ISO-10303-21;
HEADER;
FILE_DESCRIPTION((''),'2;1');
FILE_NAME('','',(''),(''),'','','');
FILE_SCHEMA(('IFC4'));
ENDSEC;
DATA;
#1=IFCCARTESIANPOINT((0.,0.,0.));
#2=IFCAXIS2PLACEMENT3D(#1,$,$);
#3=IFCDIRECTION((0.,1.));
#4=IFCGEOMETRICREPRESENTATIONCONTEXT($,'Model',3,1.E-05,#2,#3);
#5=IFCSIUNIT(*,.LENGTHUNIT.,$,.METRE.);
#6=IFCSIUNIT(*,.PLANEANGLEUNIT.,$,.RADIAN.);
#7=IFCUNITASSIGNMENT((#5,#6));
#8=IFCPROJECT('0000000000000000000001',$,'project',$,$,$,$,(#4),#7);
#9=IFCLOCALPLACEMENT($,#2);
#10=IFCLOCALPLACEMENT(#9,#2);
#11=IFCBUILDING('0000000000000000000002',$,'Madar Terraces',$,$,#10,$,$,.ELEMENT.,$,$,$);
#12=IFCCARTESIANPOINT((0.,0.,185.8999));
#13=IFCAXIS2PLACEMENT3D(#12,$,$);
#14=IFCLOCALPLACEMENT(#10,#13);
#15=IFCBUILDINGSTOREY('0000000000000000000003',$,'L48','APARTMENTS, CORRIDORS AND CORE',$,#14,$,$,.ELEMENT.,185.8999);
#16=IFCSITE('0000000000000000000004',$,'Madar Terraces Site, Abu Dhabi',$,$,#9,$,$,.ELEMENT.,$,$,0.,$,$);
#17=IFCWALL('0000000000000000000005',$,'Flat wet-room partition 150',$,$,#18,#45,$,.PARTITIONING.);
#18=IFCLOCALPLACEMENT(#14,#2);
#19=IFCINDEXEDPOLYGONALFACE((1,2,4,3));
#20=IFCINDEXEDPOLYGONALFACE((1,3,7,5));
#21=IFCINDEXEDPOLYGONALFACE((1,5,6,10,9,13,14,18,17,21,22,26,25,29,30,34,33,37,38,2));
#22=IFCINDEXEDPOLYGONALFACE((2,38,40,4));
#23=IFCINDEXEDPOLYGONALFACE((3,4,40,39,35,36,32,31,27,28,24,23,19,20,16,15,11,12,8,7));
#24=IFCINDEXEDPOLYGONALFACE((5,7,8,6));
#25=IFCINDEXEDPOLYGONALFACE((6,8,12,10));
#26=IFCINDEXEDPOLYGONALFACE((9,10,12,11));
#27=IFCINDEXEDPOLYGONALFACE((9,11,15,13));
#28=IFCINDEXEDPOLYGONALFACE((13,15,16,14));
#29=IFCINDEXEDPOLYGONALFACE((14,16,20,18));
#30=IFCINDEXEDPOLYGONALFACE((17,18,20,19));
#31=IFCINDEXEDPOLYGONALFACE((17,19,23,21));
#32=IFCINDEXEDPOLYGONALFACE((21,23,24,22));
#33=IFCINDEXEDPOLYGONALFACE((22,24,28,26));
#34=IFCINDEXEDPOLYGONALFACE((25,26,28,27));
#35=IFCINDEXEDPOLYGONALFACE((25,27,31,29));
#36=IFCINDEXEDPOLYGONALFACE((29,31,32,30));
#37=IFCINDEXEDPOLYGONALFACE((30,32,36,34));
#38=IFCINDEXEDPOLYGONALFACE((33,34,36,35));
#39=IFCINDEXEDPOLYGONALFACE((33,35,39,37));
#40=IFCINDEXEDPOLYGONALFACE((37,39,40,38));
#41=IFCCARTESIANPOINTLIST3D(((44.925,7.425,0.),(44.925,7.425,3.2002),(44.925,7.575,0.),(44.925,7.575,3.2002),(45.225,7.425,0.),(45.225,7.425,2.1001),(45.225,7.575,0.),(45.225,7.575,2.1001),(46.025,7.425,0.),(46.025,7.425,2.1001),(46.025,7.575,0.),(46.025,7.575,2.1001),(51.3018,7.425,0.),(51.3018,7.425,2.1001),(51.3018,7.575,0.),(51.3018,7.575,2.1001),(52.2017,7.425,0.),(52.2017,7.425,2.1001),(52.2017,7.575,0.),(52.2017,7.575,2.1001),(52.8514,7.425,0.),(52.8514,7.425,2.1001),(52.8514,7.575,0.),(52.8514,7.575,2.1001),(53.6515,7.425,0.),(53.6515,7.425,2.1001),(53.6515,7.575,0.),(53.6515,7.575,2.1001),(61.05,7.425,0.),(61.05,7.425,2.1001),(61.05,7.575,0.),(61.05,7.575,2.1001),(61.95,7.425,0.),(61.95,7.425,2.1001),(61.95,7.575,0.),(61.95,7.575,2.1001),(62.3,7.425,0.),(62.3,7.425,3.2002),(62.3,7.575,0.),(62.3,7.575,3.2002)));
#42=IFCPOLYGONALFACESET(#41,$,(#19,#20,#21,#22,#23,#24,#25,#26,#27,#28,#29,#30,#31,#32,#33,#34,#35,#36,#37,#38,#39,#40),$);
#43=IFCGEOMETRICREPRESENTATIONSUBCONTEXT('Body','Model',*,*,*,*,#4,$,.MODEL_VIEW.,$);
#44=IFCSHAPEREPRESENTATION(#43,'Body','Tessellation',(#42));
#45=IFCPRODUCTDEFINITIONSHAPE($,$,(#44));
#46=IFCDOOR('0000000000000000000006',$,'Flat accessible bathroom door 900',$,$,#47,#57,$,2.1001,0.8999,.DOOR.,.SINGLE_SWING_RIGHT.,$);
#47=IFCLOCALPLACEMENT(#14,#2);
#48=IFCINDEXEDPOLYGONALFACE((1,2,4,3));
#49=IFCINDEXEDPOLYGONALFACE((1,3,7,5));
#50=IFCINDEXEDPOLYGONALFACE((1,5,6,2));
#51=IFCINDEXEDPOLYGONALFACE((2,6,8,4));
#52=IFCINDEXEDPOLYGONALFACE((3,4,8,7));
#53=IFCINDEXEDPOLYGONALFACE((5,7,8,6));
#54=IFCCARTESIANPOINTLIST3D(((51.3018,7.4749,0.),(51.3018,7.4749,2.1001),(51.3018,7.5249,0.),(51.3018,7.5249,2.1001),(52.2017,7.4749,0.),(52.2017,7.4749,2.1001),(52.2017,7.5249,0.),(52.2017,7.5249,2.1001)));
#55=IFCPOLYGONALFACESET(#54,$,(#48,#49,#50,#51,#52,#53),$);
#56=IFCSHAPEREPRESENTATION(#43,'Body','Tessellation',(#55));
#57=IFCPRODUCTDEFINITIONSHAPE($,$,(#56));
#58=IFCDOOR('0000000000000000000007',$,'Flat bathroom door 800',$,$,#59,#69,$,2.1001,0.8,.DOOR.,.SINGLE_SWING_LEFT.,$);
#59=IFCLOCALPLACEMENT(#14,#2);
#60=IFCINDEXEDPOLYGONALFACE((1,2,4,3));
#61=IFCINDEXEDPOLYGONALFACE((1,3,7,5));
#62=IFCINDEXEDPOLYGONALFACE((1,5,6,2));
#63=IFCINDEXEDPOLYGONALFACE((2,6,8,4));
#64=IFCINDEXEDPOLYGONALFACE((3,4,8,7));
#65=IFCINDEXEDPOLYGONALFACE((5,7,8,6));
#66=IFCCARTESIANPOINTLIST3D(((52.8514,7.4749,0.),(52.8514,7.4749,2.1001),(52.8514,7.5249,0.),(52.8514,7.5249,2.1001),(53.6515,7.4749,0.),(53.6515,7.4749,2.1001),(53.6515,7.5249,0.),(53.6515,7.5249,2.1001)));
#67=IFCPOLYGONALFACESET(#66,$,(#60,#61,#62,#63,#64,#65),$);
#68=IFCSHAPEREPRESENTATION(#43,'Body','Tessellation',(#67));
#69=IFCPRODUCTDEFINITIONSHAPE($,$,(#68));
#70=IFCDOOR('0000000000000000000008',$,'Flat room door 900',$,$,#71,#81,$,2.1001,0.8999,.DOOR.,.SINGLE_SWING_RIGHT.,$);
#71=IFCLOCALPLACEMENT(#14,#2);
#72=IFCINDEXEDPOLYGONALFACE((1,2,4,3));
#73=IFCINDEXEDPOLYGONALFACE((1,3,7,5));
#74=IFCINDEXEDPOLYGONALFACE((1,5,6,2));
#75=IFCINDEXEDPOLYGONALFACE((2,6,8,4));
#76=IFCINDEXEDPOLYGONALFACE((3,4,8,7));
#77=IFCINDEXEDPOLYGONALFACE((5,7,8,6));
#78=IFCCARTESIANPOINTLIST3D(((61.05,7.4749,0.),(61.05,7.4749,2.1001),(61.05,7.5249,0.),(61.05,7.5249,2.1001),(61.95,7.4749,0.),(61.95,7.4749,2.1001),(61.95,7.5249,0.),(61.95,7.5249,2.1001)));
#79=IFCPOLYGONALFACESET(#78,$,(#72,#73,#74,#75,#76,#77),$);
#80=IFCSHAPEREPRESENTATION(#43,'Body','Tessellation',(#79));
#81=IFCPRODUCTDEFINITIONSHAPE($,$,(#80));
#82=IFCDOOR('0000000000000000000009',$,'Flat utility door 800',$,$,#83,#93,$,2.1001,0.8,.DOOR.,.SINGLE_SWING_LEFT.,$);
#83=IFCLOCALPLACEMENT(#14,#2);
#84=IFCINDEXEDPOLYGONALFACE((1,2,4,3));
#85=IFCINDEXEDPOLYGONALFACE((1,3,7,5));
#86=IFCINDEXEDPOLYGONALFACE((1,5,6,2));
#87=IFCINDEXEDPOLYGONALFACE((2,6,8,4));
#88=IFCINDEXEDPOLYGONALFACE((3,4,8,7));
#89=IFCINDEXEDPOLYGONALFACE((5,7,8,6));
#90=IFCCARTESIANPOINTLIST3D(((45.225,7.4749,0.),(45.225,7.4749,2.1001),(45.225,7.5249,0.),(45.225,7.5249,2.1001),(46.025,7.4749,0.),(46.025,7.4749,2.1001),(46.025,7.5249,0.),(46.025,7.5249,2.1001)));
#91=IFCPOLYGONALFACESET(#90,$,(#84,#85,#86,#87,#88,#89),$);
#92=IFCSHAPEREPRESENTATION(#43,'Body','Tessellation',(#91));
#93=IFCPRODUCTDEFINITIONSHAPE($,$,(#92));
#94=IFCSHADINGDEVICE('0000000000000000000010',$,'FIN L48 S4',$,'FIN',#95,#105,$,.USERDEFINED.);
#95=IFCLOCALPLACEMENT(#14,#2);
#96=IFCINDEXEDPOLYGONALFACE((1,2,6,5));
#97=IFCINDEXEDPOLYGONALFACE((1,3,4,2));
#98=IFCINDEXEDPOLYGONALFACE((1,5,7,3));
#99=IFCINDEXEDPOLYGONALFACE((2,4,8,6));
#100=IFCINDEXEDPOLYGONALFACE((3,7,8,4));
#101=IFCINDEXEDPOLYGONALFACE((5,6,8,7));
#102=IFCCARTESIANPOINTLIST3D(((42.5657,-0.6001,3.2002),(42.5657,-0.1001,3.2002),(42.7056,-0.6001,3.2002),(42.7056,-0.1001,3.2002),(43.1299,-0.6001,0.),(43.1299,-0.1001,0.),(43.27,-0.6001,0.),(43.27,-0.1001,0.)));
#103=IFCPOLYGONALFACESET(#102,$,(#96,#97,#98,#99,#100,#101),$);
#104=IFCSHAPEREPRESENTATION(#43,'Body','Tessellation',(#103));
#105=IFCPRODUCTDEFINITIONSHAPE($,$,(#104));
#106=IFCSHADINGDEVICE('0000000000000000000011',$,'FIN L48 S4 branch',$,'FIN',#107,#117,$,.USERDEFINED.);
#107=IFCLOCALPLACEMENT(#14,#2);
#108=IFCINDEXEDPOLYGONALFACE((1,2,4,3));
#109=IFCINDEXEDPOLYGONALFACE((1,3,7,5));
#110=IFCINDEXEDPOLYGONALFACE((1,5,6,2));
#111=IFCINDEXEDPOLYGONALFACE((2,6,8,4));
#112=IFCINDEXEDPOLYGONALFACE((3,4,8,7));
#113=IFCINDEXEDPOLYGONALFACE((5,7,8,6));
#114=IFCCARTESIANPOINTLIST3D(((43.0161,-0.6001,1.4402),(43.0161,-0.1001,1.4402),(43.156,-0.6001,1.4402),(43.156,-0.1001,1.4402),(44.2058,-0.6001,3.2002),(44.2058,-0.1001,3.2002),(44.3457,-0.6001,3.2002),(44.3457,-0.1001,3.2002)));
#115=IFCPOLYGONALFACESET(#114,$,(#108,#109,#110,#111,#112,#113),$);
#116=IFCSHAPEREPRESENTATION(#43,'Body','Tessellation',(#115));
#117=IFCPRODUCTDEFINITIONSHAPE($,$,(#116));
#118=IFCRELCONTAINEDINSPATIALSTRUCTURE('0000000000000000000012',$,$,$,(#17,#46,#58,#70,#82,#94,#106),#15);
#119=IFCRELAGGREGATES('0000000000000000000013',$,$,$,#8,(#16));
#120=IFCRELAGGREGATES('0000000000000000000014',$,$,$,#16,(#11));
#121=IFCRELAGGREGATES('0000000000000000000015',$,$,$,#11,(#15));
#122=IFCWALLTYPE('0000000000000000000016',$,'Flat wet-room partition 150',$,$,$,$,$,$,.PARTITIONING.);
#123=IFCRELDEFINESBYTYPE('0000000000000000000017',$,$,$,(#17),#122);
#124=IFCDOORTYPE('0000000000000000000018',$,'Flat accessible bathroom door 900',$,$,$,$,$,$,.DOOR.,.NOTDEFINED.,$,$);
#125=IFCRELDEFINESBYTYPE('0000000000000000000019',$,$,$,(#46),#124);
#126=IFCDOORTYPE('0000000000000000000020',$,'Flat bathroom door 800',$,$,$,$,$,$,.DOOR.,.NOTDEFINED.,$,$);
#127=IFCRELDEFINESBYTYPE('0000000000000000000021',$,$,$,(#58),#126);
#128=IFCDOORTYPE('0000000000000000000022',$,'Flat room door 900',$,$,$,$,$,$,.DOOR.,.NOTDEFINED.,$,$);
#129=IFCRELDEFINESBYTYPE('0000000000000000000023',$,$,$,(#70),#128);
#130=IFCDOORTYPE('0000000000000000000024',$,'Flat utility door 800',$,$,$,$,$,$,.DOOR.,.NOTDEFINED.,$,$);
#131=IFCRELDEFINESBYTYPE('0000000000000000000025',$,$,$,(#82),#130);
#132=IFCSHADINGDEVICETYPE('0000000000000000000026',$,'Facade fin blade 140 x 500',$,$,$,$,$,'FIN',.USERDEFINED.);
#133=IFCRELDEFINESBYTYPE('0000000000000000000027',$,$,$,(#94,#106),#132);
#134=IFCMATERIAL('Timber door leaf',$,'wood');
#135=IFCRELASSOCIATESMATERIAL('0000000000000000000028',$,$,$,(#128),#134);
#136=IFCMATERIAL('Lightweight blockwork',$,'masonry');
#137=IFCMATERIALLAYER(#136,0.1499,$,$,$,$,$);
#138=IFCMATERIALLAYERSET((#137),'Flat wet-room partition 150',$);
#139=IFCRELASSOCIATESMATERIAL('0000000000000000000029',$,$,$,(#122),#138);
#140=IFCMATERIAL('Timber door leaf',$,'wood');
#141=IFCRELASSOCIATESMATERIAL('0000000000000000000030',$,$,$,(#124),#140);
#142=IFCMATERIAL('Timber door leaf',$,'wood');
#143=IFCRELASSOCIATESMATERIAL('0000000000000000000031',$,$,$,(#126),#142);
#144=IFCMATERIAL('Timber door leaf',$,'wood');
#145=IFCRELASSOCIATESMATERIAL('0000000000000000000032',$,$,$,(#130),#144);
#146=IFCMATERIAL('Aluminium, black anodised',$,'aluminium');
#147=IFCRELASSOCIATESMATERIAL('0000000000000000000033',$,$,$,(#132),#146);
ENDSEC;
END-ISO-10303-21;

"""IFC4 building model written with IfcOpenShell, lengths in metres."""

from ifc_helpers import new_model, si_unit, direction, frame, frame_2d, origin, place, context, subcontext, project, spatial, polyline, rectangle, outline, extrude, material, layer, layer_set, type_object, element, fill, save


model = new_model("IFC4")

# Units and contexts
model_context = context("Model", 3, precision=1e-05, world=origin(), true_north=direction((0.0, 1.0)))
body_context = subcontext(model_context, "Body", "Model", "MODEL_VIEW")
ifc_project = project(units=[si_unit("LENGTHUNIT", "METRE"), si_unit("PLANEANGLEUNIT", "RADIAN")], contexts=[model_context])

# Site, building, storey
site_placement = place(None, origin())
site = spatial("IfcSite", under=ifc_project, at=site_placement, Name="Madar Terraces Site, Abu Dhabi", CompositionType="ELEMENT", RefElevation=0.0)
building_placement = place(site_placement, origin())
building = spatial("IfcBuilding", under=site, at=building_placement, Name="Madar Terraces", CompositionType="ELEMENT")
storey_placement = place(building_placement, frame((0.0, 0.0, 185.8999)))
storey = spatial("IfcBuildingStorey", under=building, at=storey_placement, Name="L48", Description="APARTMENTS, CORRIDORS AND CORE", CompositionType="ELEMENT", Elevation=185.8999)

# Shared definitions
ifc_material_1 = material(Name="Timber door leaf", Category="wood")
door_type_1 = type_object("IfcDoorType", Name="Flat room door 900", OperationType="NOTDEFINED", PredefinedType="DOOR", material=ifc_material_1)

# Wall, openings, doors
ifc_material_2 = material(Name="Lightweight blockwork", Category="masonry")
ifc_layer_1 = layer(ifc_material_2, 0.1499)
ifc_layer_set_1 = layer_set([ifc_layer_1], Name="Flat wet-room partition 150")
wall_type_1 = type_object("IfcWallType", Name="Flat wet-room partition 150", PredefinedType="PARTITIONING", material=ifc_layer_set_1)
wall_1_placement = place(storey_placement, frame((44.925, 7.5, 0.0), z_axis=(0.0, 0.0, 1.0), x_axis=(1.0, 0.0, 0.0)))
wall_1 = element("IfcWall", 1, at=wall_1_placement, inside=storey, type_object=wall_type_1, Name="Flat wet-room partition 150", PredefinedType="PARTITIONING", context=body_context, shape_type="SweptSolid", body=[
    extrude(rectangle(XDim=17.375, YDim=0.1499, at=frame_2d((8.6875, 0.0))), origin(), (0.0, 0.0, 1.0), 3.2002),
])
opening_1_placement = place(wall_1_placement, frame((0.3, 0.0, 0.0)))
opening_1 = element("IfcOpeningElement", 2, at=opening_1_placement, cuts=wall_1, PredefinedType="OPENING", context=body_context, shape_type="SweptSolid", body=[
    extrude(rectangle(XDim=0.8, YDim=2.1001, at=frame_2d((0.3999, 1.05))), frame((0.0, 0.085, 0.0), z_axis=(0.0, -1.0, 0.0), x_axis=(1.0, 0.0, 0.0)), (0.0, 0.0, 1.0), 0.1699),
])
opening_2_placement = place(wall_1_placement, frame((6.3767, 0.0, 0.0)))
opening_2 = element("IfcOpeningElement", 3, at=opening_2_placement, cuts=wall_1, PredefinedType="OPENING", context=body_context, shape_type="SweptSolid", body=[
    extrude(rectangle(XDim=0.8999, YDim=2.1001, at=frame_2d((0.45, 1.05))), frame((0.0, 0.085, 0.0), z_axis=(0.0, -1.0, 0.0), x_axis=(1.0, 0.0, 0.0)), (0.0, 0.0, 1.0), 0.1699),
])
opening_3_placement = place(wall_1_placement, frame((7.9265, 0.0, 0.0)))
opening_3 = element("IfcOpeningElement", 4, at=opening_3_placement, cuts=wall_1, PredefinedType="OPENING", context=body_context, shape_type="SweptSolid", body=[
    extrude(rectangle(XDim=0.8, YDim=2.1001, at=frame_2d((0.3999, 1.05))), frame((0.0, 0.085, 0.0), z_axis=(0.0, -1.0, 0.0), x_axis=(1.0, 0.0, 0.0)), (0.0, 0.0, 1.0), 0.1699),
])
opening_4_placement = place(wall_1_placement, frame((16.125, 0.0, 0.0)))
opening_4 = element("IfcOpeningElement", 5, at=opening_4_placement, cuts=wall_1, PredefinedType="OPENING", context=body_context, shape_type="SweptSolid", body=[
    extrude(rectangle(XDim=0.8999, YDim=2.1001, at=frame_2d((0.45, 1.05))), frame((0.0, 0.085, 0.0), z_axis=(0.0, -1.0, 0.0), x_axis=(1.0, 0.0, 0.0)), (0.0, 0.0, 1.0), 0.1699),
])
ifc_material_3 = material(Name="Timber door leaf", Category="wood")
door_type_2 = type_object("IfcDoorType", Name="Flat accessible bathroom door 900", OperationType="NOTDEFINED", PredefinedType="DOOR", material=ifc_material_3)
door_1_placement = place(opening_2_placement, origin())
door_1 = element("IfcDoor", 6, at=door_1_placement, inside=storey, type_object=door_type_2, Name="Flat accessible bathroom door 900", OperationType="SINGLE_SWING_RIGHT", OverallHeight=2.1001, OverallWidth=0.8999, PredefinedType="DOOR", context=body_context, shape_type="SweptSolid", body=[
    extrude(rectangle(XDim=0.8999, YDim=2.1001, at=frame_2d((0.45, 1.05))), frame((0.0, 0.0249, 0.0), z_axis=(0.0, -1.0, 0.0), x_axis=(1.0, 0.0, 0.0)), (0.0, 0.0, 1.0), 0.05),
])
fill(opening_2, door_1)
ifc_material_4 = material(Name="Timber door leaf", Category="wood")
door_type_3 = type_object("IfcDoorType", Name="Flat bathroom door 800", OperationType="NOTDEFINED", PredefinedType="DOOR", material=ifc_material_4)
door_2_placement = place(opening_3_placement, origin())
door_2 = element("IfcDoor", 7, at=door_2_placement, inside=storey, type_object=door_type_3, Name="Flat bathroom door 800", OperationType="SINGLE_SWING_LEFT", OverallHeight=2.1001, OverallWidth=0.8, PredefinedType="DOOR", context=body_context, shape_type="SweptSolid", body=[
    extrude(rectangle(XDim=0.8, YDim=2.1001, at=frame_2d((0.3999, 1.05))), frame((0.0, 0.0249, 0.0), z_axis=(0.0, -1.0, 0.0), x_axis=(1.0, 0.0, 0.0)), (0.0, 0.0, 1.0), 0.05),
])
fill(opening_3, door_2)
door_3_placement = place(opening_4_placement, origin())
door_3 = element("IfcDoor", 8, at=door_3_placement, inside=storey, type_object=door_type_1, Name="Flat room door 900", OperationType="SINGLE_SWING_RIGHT", OverallHeight=2.1001, OverallWidth=0.8999, PredefinedType="DOOR", context=body_context, shape_type="SweptSolid", body=[
    extrude(rectangle(XDim=0.8999, YDim=2.1001, at=frame_2d((0.45, 1.05))), frame((0.0, 0.0249, 0.0), z_axis=(0.0, -1.0, 0.0), x_axis=(1.0, 0.0, 0.0)), (0.0, 0.0, 1.0), 0.05),
])
fill(opening_4, door_3)
ifc_material_5 = material(Name="Timber door leaf", Category="wood")
door_type_4 = type_object("IfcDoorType", Name="Flat utility door 800", OperationType="NOTDEFINED", PredefinedType="DOOR", material=ifc_material_5)
door_4_placement = place(opening_1_placement, origin())
door_4 = element("IfcDoor", 9, at=door_4_placement, inside=storey, type_object=door_type_4, Name="Flat utility door 800", OperationType="SINGLE_SWING_LEFT", OverallHeight=2.1001, OverallWidth=0.8, PredefinedType="DOOR", context=body_context, shape_type="SweptSolid", body=[
    extrude(rectangle(XDim=0.8, YDim=2.1001, at=frame_2d((0.3999, 1.05))), frame((0.0, 0.0249, 0.0), z_axis=(0.0, -1.0, 0.0), x_axis=(1.0, 0.0, 0.0)), (0.0, 0.0, 1.0), 0.05),
])
fill(opening_1, door_4)

# Shading devices
ifc_material_6 = material(Name="Aluminium, black anodised", Category="aluminium")
shading_device_type = type_object("IfcShadingDeviceType", Name="Facade fin blade 140 x 500", ElementType="FIN", PredefinedType="USERDEFINED", material=ifc_material_6)
shading_device_1_placement = place(storey_placement, frame((43.1299, -0.3501, 0.0), z_axis=(0.0, 0.0, 1.0), x_axis=(1.0, 0.0, 0.0)))
element("IfcShadingDevice", 10, at=shading_device_1_placement, inside=storey, type_object=shading_device_type, Name="FIN L48 S4", ObjectType="FIN", PredefinedType="USERDEFINED", context=body_context, shape_type="SweptSolid", body=[
    extrude(outline(polyline([(0.0, 0.0), (0.1401, 0.0), (-0.4243, 3.2002), (-0.5642, 3.2002), (0.0, 0.0)])), frame((0.0, 0.25, 0.0), z_axis=(0.0, -1.0, 0.0), x_axis=(1.0, 0.0, 0.0)), (0.0, 0.0, 1.0), 0.5),
])
shading_device_2_placement = place(storey_placement, frame((43.0161, -0.3501, 1.4402), z_axis=(0.0, 0.0, 1.0), x_axis=(1.0, 0.0, 0.0)))
element("IfcShadingDevice", 11, at=shading_device_2_placement, inside=storey, type_object=shading_device_type, Name="FIN L48 S4 branch", ObjectType="FIN", PredefinedType="USERDEFINED", context=body_context, shape_type="SweptSolid", body=[
    extrude(outline(polyline([(0.0, 0.0), (0.1399, 0.0), (1.3296, 1.76), (1.1897, 1.76), (0.0, 0.0)])), frame((0.0, 0.25, 0.0), z_axis=(0.0, -1.0, 0.0), x_axis=(1.0, 0.0, 0.0)), (0.0, 0.0, 1.0), 0.5),
])

save(model, "model.ifc")
